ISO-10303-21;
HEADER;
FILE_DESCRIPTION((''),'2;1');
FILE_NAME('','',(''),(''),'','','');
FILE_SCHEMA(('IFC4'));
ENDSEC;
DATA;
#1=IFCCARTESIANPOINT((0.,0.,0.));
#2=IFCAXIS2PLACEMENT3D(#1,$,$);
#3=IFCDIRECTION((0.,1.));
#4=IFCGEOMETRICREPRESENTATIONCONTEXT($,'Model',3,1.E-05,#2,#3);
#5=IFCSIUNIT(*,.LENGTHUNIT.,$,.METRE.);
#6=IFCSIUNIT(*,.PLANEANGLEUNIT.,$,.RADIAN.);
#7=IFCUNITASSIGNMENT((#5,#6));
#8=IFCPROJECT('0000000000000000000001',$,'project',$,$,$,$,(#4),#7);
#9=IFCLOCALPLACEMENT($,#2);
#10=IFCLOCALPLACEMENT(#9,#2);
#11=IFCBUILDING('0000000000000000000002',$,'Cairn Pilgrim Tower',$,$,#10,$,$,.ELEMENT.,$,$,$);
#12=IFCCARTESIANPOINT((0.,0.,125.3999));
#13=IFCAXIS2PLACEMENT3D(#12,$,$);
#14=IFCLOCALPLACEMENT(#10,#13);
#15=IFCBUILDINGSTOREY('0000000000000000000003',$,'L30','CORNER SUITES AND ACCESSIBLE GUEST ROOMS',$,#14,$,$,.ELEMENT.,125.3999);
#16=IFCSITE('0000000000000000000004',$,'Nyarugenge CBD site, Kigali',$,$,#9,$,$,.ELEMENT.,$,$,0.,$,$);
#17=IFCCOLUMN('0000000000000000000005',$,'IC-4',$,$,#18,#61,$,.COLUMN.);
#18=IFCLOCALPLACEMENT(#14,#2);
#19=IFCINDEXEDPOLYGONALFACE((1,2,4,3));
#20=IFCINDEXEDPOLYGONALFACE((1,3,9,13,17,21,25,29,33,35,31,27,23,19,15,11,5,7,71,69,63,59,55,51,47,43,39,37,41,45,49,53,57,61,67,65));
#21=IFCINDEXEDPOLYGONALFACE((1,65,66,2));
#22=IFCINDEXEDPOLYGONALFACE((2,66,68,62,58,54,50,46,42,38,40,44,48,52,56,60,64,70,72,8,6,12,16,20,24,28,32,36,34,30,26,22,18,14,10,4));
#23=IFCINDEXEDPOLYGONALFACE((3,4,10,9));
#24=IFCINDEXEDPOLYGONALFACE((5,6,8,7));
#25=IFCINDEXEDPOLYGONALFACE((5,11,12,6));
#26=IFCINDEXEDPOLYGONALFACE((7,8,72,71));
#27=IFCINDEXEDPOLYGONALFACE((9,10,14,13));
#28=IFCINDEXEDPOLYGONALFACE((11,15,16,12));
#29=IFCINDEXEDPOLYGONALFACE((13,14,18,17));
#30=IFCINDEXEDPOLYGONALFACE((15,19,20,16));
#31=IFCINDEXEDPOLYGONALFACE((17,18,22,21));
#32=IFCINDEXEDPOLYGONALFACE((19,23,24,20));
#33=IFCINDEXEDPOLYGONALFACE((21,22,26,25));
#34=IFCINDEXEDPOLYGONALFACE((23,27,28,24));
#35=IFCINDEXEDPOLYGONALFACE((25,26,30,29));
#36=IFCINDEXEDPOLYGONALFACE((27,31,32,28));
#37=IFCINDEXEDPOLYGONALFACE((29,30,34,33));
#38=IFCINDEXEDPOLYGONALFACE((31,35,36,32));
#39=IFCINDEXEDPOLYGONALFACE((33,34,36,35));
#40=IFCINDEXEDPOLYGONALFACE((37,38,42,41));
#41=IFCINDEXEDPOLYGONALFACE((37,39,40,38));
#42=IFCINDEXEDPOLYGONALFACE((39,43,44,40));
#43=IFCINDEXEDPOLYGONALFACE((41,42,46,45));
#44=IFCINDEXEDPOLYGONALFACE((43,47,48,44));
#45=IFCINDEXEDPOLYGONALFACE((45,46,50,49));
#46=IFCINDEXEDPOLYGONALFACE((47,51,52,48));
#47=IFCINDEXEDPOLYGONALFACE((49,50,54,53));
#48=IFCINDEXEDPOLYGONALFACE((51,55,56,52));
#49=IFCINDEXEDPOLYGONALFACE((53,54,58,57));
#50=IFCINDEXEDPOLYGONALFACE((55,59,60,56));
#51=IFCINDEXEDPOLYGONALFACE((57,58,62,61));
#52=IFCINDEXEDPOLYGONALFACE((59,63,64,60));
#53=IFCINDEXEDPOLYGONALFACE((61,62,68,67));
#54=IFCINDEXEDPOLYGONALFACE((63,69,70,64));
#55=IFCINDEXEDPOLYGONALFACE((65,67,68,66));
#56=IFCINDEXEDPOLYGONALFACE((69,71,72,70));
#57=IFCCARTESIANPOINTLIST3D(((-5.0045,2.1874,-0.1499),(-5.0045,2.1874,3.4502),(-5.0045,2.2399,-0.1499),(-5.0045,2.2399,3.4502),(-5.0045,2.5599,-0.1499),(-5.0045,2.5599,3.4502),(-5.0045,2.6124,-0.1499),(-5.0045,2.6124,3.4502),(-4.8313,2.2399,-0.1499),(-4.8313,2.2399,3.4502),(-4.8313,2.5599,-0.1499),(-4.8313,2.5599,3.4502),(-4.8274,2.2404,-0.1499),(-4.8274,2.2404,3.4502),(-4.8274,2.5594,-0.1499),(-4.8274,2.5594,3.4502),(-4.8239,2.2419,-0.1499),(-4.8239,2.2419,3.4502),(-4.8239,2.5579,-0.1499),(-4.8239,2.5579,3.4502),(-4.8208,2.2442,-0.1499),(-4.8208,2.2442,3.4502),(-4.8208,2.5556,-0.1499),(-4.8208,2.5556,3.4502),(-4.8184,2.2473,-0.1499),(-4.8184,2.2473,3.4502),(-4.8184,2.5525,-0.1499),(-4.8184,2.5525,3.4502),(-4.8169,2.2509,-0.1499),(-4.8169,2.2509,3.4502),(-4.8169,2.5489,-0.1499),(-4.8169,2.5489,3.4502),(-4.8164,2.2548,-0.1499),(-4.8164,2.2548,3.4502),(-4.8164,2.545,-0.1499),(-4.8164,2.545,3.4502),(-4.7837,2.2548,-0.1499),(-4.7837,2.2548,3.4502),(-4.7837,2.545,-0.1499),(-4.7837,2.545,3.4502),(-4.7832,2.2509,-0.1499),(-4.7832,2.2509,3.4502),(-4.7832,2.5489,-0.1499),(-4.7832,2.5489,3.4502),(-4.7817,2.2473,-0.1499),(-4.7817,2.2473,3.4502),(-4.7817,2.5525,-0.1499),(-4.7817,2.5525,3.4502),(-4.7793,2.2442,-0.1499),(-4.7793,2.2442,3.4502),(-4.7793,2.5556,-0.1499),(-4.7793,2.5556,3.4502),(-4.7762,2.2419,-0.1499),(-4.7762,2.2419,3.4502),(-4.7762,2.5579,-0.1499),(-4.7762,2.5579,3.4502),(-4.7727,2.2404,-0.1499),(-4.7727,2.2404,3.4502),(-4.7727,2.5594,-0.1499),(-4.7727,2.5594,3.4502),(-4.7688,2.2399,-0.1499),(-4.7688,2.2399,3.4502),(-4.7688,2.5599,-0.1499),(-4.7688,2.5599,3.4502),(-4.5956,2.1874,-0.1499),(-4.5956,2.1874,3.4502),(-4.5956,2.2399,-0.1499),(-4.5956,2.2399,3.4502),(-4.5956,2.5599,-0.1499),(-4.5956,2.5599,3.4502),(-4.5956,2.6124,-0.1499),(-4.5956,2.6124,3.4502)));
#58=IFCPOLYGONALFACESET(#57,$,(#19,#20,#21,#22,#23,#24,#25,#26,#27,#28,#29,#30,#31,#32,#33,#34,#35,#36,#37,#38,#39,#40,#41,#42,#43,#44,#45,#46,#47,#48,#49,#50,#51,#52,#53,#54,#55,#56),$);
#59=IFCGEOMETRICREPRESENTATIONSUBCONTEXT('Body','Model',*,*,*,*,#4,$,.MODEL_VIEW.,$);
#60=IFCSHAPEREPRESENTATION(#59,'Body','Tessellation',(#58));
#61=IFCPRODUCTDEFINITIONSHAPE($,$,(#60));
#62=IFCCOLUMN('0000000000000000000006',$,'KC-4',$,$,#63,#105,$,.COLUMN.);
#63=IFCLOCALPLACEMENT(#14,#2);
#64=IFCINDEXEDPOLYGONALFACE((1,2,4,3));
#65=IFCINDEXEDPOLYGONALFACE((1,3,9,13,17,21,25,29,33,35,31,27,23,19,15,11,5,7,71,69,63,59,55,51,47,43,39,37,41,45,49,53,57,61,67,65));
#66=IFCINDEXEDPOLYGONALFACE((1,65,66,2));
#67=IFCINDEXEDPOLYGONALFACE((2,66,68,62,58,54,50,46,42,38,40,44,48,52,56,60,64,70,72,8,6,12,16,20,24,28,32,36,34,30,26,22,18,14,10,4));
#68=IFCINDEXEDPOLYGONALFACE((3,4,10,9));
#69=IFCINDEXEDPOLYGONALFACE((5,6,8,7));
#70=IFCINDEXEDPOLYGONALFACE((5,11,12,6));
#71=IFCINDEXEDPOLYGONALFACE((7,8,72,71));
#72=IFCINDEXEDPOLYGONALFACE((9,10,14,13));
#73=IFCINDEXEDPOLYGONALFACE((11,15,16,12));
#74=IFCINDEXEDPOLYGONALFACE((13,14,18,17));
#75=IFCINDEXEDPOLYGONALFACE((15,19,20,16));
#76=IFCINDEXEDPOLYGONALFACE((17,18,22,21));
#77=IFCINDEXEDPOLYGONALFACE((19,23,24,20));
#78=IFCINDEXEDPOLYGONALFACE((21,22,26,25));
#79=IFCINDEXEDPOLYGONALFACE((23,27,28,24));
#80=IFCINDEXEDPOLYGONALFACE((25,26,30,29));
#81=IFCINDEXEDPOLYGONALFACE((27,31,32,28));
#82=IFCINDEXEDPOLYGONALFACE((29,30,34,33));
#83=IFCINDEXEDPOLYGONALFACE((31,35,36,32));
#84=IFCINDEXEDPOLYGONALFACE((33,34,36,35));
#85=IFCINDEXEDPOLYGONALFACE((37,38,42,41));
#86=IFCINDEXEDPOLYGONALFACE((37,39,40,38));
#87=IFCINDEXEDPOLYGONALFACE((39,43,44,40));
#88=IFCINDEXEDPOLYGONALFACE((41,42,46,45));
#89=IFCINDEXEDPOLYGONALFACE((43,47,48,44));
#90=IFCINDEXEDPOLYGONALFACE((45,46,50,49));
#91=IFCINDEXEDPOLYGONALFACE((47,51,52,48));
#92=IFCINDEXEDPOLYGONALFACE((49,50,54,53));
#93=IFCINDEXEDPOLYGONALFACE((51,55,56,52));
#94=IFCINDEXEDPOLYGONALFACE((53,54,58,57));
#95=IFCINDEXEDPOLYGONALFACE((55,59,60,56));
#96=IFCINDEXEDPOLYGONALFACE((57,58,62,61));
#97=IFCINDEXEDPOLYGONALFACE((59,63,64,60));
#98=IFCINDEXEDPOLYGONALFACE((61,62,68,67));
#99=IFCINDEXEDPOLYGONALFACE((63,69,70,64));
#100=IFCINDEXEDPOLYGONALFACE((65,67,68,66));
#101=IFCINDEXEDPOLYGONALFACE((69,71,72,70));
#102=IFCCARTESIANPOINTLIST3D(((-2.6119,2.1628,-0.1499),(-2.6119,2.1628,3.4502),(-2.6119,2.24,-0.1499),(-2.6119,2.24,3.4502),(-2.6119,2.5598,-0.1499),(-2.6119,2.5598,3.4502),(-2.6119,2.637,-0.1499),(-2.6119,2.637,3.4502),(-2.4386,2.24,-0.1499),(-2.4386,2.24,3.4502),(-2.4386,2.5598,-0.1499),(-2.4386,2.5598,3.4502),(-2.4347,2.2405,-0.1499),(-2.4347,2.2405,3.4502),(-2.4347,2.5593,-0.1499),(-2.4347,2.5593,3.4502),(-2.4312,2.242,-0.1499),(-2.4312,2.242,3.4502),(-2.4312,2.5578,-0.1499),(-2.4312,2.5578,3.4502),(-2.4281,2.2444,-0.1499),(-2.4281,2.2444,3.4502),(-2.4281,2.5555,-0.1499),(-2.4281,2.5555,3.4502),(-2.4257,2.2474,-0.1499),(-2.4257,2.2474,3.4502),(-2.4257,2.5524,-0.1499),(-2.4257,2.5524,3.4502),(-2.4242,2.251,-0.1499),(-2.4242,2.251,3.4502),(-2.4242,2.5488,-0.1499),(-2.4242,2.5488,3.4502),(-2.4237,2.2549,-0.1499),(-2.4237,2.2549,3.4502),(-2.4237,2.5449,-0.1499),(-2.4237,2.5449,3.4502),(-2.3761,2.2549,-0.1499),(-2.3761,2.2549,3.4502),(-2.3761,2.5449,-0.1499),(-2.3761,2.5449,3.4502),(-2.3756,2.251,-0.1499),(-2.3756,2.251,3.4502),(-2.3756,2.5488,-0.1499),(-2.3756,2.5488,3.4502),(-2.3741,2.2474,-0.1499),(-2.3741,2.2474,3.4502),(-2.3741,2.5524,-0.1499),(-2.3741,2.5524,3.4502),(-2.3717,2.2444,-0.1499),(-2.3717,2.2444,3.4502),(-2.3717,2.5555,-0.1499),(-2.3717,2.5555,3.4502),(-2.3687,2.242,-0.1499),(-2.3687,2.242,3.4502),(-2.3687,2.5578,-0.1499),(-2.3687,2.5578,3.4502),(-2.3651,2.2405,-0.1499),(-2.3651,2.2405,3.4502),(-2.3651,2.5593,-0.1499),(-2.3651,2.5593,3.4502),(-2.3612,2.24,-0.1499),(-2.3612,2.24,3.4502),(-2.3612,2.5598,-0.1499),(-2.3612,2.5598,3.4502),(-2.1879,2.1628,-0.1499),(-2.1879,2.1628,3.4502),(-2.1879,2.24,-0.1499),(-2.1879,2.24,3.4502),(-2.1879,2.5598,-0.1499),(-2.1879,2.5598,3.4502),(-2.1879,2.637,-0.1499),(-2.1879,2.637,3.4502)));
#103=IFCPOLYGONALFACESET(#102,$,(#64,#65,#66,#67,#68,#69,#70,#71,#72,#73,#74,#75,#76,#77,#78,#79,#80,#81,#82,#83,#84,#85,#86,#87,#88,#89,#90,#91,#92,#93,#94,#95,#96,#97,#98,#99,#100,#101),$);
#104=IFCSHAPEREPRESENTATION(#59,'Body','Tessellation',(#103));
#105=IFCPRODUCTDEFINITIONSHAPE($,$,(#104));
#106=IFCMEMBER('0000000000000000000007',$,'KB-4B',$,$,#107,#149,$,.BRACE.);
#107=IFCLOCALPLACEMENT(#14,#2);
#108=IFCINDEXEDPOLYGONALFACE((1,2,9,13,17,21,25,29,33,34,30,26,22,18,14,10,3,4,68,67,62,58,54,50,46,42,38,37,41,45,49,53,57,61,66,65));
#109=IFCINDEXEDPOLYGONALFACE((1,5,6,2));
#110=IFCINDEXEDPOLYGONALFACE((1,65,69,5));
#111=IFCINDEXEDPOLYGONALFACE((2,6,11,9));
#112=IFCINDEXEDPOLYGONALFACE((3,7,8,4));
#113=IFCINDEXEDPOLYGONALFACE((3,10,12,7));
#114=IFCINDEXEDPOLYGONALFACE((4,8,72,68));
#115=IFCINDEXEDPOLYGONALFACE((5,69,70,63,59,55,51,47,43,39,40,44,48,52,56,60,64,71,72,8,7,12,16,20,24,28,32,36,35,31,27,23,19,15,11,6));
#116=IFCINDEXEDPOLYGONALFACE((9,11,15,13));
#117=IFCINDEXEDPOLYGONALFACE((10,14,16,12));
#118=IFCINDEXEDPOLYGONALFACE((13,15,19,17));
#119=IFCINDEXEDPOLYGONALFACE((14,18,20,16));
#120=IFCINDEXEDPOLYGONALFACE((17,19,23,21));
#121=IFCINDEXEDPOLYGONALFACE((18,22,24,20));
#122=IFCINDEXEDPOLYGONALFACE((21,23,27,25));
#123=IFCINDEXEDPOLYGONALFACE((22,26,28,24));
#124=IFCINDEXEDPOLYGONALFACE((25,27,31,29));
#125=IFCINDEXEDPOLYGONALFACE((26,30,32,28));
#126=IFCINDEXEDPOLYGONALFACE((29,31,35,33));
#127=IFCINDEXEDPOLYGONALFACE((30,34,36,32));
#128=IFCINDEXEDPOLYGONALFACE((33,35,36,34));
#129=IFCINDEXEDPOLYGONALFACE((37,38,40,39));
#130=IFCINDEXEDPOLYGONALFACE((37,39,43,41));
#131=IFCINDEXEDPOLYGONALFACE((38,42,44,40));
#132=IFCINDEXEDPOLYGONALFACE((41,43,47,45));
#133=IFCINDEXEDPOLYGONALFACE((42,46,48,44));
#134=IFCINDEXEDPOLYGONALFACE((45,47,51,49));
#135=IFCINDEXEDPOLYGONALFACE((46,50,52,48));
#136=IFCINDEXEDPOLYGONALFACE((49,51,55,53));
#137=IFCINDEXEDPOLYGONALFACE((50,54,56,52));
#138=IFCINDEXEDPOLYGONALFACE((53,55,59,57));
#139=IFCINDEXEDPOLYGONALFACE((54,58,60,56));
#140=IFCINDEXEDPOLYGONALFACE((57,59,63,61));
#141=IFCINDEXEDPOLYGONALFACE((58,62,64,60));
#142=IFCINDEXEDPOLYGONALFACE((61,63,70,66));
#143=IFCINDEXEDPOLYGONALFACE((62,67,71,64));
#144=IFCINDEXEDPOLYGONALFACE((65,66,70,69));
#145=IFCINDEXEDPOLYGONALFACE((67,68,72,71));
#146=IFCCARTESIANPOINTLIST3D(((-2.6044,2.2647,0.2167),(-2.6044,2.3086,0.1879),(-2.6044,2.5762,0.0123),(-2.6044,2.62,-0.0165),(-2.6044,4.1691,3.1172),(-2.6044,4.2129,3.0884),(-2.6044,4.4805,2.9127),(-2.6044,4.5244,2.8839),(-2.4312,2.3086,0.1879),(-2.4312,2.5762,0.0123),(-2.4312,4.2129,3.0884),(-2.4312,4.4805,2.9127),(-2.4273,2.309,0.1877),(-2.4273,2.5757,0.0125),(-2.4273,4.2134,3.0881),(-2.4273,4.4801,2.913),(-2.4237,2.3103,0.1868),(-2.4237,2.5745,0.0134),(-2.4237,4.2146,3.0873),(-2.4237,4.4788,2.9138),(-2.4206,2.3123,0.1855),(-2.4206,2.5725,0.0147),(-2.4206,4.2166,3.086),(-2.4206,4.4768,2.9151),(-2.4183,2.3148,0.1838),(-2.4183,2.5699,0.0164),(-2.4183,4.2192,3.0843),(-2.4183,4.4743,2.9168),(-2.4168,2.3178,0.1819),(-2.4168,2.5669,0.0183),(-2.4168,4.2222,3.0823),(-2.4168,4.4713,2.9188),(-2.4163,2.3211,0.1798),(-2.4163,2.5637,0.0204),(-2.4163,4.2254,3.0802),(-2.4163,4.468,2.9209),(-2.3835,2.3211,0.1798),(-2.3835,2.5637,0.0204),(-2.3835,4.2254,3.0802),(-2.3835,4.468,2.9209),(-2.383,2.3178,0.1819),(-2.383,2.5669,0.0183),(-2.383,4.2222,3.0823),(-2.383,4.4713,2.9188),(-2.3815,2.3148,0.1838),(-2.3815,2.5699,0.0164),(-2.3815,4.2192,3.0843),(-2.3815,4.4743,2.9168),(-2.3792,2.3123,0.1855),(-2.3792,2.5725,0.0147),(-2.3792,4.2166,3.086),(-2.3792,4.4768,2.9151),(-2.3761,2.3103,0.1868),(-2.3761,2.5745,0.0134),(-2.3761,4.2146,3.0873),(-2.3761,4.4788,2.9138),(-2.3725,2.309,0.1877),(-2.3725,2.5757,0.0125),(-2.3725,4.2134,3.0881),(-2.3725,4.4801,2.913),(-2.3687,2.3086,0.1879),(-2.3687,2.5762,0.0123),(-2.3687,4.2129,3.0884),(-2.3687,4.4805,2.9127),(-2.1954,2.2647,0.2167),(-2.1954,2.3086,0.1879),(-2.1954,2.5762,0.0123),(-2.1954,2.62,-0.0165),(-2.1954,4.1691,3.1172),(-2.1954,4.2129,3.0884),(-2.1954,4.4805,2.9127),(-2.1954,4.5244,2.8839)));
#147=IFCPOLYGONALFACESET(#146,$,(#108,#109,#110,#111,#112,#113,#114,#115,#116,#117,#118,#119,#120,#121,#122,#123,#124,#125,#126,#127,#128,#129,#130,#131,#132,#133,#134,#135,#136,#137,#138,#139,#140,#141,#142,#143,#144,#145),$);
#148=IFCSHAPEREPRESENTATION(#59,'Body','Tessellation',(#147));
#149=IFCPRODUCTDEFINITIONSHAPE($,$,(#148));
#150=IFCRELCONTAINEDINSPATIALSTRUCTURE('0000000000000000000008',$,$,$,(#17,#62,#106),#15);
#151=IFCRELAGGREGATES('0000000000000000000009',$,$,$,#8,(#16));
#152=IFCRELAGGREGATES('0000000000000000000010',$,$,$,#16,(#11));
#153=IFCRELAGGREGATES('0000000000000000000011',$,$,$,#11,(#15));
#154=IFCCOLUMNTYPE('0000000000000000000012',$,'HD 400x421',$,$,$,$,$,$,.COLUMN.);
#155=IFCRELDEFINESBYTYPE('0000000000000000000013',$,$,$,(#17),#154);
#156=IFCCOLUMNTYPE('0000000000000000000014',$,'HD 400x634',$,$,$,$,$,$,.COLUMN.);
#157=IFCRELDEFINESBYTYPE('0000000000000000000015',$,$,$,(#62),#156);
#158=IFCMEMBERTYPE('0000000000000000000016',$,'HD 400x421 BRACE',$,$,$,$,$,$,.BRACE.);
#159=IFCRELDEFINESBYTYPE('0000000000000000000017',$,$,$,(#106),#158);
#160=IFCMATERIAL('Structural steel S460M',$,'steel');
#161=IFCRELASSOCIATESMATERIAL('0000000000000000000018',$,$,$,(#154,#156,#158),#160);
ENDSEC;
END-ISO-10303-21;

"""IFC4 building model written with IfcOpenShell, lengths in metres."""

from ifc_helpers import new_model, si_unit, direction, frame, origin, origin_2d, place, context, subcontext, project, spatial, i_section, extrude, material, material_profile, profile_set, type_object, element, save


model = new_model("IFC4")

# Units and contexts
model_context = context("Model", 3, precision=1e-05, world=origin(), true_north=direction((0.0, 1.0)))
body_context = subcontext(model_context, "Body", "Model", "MODEL_VIEW")
ifc_project = project(units=[si_unit("LENGTHUNIT", "METRE"), si_unit("PLANEANGLEUNIT", "RADIAN")], contexts=[model_context])

# Site, building, storey
site_placement = place(None, origin())
site = spatial("IfcSite", under=ifc_project, at=site_placement, Name="Nyarugenge CBD site, Kigali", CompositionType="ELEMENT", RefElevation=0.0)
building_placement = place(site_placement, origin())
building = spatial("IfcBuilding", under=site, at=building_placement, Name="Cairn Pilgrim Tower", CompositionType="ELEMENT")
storey_placement = place(building_placement, frame((0.0, 0.0, 125.3999)))
storey = spatial("IfcBuildingStorey", under=building, at=storey_placement, Name="L30", Description="CORNER SUITES AND ACCESSIBLE GUEST ROOMS", CompositionType="ELEMENT", Elevation=125.3999)

# Columns
ifc_material_1 = material(Name="Structural steel S460M", Category="steel")
ifc_material_profile_1 = material_profile(ifc_material_1, i_section(OverallWidth=0.4089, OverallDepth=0.425, WebThickness=0.0327, FlangeThickness=0.0525, FilletRadius=0.0149, at=origin_2d()), Name="HD 400x421")
ifc_profile_set_1 = profile_set([ifc_material_profile_1], Name="Structural steel S460M")
column_type_1 = type_object("IfcColumnType", Name="HD 400x421", PredefinedType="COLUMN", material=ifc_profile_set_1)
column_1_placement = place(storey_placement, frame((-4.8, 2.3999, -0.1499), z_axis=(0.0, 0.0, 1.0), x_axis=(1.0, 0.0, 0.0)))
element("IfcColumn", 1, at=column_1_placement, inside=storey, type_object=column_type_1, Name="IC-4", PredefinedType="COLUMN", context=body_context, shape_type="SweptSolid", body=[
    extrude(i_section(OverallWidth=0.4089, OverallDepth=0.425, WebThickness=0.0327, FlangeThickness=0.0525, FilletRadius=0.0149, at=origin_2d()), origin(), (0.0, 0.0, 1.0), 3.6001),
])
ifc_material_profile_2 = material_profile(ifc_material_1, i_section(OverallWidth=0.4241, OverallDepth=0.4741, WebThickness=0.0476, FlangeThickness=0.0771, FilletRadius=0.0149, at=origin_2d()), Name="HD 400x634")
ifc_profile_set_2 = profile_set([ifc_material_profile_2], Name="Structural steel S460M")
column_type_2 = type_object("IfcColumnType", Name="HD 400x634", PredefinedType="COLUMN", material=ifc_profile_set_2)
column_2_placement = place(storey_placement, frame((-2.3999, 2.3999, -0.1499), z_axis=(0.0, 0.0, 1.0), x_axis=(1.0, 0.0, 0.0)))
element("IfcColumn", 2, at=column_2_placement, inside=storey, type_object=column_type_2, Name="KC-4", PredefinedType="COLUMN", context=body_context, shape_type="SweptSolid", body=[
    extrude(i_section(OverallWidth=0.4241, OverallDepth=0.4741, WebThickness=0.0476, FlangeThickness=0.0771, FilletRadius=0.0149, at=origin_2d()), origin(), (0.0, 0.0, 1.0), 3.6001),
])

# Member
ifc_material_profile_3 = material_profile(ifc_material_1, i_section(OverallWidth=0.4089, OverallDepth=0.425, WebThickness=0.0327, FlangeThickness=0.0525, FilletRadius=0.0149, at=origin_2d()), Name="HD 400x421")
ifc_profile_set_3 = profile_set([ifc_material_profile_3], Name="Structural steel S460M")
member_type = type_object("IfcMemberType", Name="HD 400x421 BRACE", PredefinedType="BRACE", material=ifc_profile_set_3)
member_placement = place(storey_placement, frame((-2.3999, 2.4424, 0.1001), z_axis=(0.0, 0.548841, 0.835927), x_axis=(-1.0, 0.0, 0.0)))
element("IfcMember", 3, at=member_placement, inside=storey, type_object=member_type, Name="KB-4B", PredefinedType="BRACE", context=body_context, shape_type="SweptSolid", body=[
    extrude(i_section(OverallWidth=0.4089, OverallDepth=0.425, WebThickness=0.0327, FlangeThickness=0.0525, FilletRadius=0.0149, at=origin_2d()), origin(), (0.0, 0.0, 1.0), 3.4697),
])

save(model, "model.ifc")
